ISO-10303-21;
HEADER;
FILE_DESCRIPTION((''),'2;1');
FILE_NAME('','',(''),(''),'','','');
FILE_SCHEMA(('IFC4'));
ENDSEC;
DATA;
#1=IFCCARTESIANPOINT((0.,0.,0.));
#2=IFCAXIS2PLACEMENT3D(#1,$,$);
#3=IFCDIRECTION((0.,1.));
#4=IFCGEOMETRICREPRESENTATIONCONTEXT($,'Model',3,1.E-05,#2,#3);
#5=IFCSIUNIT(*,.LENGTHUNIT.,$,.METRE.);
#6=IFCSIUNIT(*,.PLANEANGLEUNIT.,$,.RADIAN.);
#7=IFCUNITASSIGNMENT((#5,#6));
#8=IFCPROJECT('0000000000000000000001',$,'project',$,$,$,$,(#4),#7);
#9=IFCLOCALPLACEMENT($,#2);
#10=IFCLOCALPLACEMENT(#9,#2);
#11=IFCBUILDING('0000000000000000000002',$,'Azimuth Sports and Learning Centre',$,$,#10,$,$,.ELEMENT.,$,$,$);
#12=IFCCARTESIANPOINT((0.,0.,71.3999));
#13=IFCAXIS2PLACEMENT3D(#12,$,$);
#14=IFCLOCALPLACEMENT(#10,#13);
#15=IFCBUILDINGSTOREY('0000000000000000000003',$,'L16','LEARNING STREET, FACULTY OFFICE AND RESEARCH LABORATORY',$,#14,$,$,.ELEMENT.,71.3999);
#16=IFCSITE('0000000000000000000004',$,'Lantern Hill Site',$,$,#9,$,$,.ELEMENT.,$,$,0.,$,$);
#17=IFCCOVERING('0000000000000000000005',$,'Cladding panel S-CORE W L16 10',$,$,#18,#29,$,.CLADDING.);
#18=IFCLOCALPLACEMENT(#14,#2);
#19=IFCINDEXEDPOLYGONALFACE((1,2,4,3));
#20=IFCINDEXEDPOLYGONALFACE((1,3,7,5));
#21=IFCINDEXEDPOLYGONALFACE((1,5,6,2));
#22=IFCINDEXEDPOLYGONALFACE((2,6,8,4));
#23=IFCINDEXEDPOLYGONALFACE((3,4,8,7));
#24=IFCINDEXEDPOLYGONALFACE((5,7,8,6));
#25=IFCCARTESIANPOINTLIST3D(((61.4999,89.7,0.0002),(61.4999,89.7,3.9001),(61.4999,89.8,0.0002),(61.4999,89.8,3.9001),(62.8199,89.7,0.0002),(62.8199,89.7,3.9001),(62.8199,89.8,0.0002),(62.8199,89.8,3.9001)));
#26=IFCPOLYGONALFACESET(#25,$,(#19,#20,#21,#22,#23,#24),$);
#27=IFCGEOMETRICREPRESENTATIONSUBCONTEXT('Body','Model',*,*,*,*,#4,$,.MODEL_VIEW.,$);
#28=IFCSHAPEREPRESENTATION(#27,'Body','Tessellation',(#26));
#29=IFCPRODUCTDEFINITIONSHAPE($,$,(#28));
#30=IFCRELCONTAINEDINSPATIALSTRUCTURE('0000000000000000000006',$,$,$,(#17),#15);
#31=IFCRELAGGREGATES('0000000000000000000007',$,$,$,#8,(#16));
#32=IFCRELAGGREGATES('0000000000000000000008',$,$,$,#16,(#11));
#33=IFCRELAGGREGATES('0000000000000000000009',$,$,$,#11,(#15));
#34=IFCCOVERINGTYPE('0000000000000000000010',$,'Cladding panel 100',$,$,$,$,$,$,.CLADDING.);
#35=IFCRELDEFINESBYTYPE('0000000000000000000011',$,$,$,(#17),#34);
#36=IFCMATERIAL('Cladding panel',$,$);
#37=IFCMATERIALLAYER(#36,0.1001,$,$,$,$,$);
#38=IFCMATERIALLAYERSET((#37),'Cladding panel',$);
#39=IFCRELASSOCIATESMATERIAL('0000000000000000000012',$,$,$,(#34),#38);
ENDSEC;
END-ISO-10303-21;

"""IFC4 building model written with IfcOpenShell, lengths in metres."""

from ifc_helpers import new_model, si_unit, direction, frame, origin, origin_2d, place, context, subcontext, project, spatial, rectangle, extrude, material, layer, layer_set, type_object, element, save


model = new_model("IFC4")

# Units and contexts
model_context = context("Model", 3, precision=1e-05, world=origin(), true_north=direction((0.0, 1.0)))
body_context = subcontext(model_context, "Body", "Model", "MODEL_VIEW")
ifc_project = project(units=[si_unit("LENGTHUNIT", "METRE"), si_unit("PLANEANGLEUNIT", "RADIAN")], contexts=[model_context])

# Site, building, storey
site_placement = place(None, origin())
site = spatial("IfcSite", under=ifc_project, at=site_placement, Name="Lantern Hill Site", CompositionType="ELEMENT", RefElevation=0.0)
building_placement = place(site_placement, origin())
building = spatial("IfcBuilding", under=site, at=building_placement, Name="Azimuth Sports and Learning Centre", CompositionType="ELEMENT")
storey_placement = place(building_placement, frame((0.0, 0.0, 71.3999)))
storey = spatial("IfcBuildingStorey", under=building, at=storey_placement, Name="L16", Description="LEARNING STREET, FACULTY OFFICE AND RESEARCH LABORATORY", CompositionType="ELEMENT", Elevation=71.3999)

# Covering
ifc_material_1 = material(Name="Cladding panel")
ifc_layer_1 = layer(ifc_material_1, 0.1001)
ifc_layer_set_1 = layer_set([ifc_layer_1], Name="Cladding panel")
covering_type = type_object("IfcCoveringType", Name="Cladding panel 100", PredefinedType="CLADDING", material=ifc_layer_set_1)
covering_1_placement = place(storey_placement, frame((62.1599, 89.75, 0.0002), z_axis=(0.0, 0.0, 1.0), x_axis=(1.0, 0.0, 0.0)))
element("IfcCovering", 1, at=covering_1_placement, inside=storey, type_object=covering_type, Name="Cladding panel S-CORE W L16 10", PredefinedType="CLADDING", context=body_context, shape_type="SweptSolid", body=[
    extrude(rectangle(XDim=1.3201, YDim=0.1001, at=origin_2d()), origin(), (0.0, 0.0, 1.0), 3.8999),
])

save(model, "model.ifc")
